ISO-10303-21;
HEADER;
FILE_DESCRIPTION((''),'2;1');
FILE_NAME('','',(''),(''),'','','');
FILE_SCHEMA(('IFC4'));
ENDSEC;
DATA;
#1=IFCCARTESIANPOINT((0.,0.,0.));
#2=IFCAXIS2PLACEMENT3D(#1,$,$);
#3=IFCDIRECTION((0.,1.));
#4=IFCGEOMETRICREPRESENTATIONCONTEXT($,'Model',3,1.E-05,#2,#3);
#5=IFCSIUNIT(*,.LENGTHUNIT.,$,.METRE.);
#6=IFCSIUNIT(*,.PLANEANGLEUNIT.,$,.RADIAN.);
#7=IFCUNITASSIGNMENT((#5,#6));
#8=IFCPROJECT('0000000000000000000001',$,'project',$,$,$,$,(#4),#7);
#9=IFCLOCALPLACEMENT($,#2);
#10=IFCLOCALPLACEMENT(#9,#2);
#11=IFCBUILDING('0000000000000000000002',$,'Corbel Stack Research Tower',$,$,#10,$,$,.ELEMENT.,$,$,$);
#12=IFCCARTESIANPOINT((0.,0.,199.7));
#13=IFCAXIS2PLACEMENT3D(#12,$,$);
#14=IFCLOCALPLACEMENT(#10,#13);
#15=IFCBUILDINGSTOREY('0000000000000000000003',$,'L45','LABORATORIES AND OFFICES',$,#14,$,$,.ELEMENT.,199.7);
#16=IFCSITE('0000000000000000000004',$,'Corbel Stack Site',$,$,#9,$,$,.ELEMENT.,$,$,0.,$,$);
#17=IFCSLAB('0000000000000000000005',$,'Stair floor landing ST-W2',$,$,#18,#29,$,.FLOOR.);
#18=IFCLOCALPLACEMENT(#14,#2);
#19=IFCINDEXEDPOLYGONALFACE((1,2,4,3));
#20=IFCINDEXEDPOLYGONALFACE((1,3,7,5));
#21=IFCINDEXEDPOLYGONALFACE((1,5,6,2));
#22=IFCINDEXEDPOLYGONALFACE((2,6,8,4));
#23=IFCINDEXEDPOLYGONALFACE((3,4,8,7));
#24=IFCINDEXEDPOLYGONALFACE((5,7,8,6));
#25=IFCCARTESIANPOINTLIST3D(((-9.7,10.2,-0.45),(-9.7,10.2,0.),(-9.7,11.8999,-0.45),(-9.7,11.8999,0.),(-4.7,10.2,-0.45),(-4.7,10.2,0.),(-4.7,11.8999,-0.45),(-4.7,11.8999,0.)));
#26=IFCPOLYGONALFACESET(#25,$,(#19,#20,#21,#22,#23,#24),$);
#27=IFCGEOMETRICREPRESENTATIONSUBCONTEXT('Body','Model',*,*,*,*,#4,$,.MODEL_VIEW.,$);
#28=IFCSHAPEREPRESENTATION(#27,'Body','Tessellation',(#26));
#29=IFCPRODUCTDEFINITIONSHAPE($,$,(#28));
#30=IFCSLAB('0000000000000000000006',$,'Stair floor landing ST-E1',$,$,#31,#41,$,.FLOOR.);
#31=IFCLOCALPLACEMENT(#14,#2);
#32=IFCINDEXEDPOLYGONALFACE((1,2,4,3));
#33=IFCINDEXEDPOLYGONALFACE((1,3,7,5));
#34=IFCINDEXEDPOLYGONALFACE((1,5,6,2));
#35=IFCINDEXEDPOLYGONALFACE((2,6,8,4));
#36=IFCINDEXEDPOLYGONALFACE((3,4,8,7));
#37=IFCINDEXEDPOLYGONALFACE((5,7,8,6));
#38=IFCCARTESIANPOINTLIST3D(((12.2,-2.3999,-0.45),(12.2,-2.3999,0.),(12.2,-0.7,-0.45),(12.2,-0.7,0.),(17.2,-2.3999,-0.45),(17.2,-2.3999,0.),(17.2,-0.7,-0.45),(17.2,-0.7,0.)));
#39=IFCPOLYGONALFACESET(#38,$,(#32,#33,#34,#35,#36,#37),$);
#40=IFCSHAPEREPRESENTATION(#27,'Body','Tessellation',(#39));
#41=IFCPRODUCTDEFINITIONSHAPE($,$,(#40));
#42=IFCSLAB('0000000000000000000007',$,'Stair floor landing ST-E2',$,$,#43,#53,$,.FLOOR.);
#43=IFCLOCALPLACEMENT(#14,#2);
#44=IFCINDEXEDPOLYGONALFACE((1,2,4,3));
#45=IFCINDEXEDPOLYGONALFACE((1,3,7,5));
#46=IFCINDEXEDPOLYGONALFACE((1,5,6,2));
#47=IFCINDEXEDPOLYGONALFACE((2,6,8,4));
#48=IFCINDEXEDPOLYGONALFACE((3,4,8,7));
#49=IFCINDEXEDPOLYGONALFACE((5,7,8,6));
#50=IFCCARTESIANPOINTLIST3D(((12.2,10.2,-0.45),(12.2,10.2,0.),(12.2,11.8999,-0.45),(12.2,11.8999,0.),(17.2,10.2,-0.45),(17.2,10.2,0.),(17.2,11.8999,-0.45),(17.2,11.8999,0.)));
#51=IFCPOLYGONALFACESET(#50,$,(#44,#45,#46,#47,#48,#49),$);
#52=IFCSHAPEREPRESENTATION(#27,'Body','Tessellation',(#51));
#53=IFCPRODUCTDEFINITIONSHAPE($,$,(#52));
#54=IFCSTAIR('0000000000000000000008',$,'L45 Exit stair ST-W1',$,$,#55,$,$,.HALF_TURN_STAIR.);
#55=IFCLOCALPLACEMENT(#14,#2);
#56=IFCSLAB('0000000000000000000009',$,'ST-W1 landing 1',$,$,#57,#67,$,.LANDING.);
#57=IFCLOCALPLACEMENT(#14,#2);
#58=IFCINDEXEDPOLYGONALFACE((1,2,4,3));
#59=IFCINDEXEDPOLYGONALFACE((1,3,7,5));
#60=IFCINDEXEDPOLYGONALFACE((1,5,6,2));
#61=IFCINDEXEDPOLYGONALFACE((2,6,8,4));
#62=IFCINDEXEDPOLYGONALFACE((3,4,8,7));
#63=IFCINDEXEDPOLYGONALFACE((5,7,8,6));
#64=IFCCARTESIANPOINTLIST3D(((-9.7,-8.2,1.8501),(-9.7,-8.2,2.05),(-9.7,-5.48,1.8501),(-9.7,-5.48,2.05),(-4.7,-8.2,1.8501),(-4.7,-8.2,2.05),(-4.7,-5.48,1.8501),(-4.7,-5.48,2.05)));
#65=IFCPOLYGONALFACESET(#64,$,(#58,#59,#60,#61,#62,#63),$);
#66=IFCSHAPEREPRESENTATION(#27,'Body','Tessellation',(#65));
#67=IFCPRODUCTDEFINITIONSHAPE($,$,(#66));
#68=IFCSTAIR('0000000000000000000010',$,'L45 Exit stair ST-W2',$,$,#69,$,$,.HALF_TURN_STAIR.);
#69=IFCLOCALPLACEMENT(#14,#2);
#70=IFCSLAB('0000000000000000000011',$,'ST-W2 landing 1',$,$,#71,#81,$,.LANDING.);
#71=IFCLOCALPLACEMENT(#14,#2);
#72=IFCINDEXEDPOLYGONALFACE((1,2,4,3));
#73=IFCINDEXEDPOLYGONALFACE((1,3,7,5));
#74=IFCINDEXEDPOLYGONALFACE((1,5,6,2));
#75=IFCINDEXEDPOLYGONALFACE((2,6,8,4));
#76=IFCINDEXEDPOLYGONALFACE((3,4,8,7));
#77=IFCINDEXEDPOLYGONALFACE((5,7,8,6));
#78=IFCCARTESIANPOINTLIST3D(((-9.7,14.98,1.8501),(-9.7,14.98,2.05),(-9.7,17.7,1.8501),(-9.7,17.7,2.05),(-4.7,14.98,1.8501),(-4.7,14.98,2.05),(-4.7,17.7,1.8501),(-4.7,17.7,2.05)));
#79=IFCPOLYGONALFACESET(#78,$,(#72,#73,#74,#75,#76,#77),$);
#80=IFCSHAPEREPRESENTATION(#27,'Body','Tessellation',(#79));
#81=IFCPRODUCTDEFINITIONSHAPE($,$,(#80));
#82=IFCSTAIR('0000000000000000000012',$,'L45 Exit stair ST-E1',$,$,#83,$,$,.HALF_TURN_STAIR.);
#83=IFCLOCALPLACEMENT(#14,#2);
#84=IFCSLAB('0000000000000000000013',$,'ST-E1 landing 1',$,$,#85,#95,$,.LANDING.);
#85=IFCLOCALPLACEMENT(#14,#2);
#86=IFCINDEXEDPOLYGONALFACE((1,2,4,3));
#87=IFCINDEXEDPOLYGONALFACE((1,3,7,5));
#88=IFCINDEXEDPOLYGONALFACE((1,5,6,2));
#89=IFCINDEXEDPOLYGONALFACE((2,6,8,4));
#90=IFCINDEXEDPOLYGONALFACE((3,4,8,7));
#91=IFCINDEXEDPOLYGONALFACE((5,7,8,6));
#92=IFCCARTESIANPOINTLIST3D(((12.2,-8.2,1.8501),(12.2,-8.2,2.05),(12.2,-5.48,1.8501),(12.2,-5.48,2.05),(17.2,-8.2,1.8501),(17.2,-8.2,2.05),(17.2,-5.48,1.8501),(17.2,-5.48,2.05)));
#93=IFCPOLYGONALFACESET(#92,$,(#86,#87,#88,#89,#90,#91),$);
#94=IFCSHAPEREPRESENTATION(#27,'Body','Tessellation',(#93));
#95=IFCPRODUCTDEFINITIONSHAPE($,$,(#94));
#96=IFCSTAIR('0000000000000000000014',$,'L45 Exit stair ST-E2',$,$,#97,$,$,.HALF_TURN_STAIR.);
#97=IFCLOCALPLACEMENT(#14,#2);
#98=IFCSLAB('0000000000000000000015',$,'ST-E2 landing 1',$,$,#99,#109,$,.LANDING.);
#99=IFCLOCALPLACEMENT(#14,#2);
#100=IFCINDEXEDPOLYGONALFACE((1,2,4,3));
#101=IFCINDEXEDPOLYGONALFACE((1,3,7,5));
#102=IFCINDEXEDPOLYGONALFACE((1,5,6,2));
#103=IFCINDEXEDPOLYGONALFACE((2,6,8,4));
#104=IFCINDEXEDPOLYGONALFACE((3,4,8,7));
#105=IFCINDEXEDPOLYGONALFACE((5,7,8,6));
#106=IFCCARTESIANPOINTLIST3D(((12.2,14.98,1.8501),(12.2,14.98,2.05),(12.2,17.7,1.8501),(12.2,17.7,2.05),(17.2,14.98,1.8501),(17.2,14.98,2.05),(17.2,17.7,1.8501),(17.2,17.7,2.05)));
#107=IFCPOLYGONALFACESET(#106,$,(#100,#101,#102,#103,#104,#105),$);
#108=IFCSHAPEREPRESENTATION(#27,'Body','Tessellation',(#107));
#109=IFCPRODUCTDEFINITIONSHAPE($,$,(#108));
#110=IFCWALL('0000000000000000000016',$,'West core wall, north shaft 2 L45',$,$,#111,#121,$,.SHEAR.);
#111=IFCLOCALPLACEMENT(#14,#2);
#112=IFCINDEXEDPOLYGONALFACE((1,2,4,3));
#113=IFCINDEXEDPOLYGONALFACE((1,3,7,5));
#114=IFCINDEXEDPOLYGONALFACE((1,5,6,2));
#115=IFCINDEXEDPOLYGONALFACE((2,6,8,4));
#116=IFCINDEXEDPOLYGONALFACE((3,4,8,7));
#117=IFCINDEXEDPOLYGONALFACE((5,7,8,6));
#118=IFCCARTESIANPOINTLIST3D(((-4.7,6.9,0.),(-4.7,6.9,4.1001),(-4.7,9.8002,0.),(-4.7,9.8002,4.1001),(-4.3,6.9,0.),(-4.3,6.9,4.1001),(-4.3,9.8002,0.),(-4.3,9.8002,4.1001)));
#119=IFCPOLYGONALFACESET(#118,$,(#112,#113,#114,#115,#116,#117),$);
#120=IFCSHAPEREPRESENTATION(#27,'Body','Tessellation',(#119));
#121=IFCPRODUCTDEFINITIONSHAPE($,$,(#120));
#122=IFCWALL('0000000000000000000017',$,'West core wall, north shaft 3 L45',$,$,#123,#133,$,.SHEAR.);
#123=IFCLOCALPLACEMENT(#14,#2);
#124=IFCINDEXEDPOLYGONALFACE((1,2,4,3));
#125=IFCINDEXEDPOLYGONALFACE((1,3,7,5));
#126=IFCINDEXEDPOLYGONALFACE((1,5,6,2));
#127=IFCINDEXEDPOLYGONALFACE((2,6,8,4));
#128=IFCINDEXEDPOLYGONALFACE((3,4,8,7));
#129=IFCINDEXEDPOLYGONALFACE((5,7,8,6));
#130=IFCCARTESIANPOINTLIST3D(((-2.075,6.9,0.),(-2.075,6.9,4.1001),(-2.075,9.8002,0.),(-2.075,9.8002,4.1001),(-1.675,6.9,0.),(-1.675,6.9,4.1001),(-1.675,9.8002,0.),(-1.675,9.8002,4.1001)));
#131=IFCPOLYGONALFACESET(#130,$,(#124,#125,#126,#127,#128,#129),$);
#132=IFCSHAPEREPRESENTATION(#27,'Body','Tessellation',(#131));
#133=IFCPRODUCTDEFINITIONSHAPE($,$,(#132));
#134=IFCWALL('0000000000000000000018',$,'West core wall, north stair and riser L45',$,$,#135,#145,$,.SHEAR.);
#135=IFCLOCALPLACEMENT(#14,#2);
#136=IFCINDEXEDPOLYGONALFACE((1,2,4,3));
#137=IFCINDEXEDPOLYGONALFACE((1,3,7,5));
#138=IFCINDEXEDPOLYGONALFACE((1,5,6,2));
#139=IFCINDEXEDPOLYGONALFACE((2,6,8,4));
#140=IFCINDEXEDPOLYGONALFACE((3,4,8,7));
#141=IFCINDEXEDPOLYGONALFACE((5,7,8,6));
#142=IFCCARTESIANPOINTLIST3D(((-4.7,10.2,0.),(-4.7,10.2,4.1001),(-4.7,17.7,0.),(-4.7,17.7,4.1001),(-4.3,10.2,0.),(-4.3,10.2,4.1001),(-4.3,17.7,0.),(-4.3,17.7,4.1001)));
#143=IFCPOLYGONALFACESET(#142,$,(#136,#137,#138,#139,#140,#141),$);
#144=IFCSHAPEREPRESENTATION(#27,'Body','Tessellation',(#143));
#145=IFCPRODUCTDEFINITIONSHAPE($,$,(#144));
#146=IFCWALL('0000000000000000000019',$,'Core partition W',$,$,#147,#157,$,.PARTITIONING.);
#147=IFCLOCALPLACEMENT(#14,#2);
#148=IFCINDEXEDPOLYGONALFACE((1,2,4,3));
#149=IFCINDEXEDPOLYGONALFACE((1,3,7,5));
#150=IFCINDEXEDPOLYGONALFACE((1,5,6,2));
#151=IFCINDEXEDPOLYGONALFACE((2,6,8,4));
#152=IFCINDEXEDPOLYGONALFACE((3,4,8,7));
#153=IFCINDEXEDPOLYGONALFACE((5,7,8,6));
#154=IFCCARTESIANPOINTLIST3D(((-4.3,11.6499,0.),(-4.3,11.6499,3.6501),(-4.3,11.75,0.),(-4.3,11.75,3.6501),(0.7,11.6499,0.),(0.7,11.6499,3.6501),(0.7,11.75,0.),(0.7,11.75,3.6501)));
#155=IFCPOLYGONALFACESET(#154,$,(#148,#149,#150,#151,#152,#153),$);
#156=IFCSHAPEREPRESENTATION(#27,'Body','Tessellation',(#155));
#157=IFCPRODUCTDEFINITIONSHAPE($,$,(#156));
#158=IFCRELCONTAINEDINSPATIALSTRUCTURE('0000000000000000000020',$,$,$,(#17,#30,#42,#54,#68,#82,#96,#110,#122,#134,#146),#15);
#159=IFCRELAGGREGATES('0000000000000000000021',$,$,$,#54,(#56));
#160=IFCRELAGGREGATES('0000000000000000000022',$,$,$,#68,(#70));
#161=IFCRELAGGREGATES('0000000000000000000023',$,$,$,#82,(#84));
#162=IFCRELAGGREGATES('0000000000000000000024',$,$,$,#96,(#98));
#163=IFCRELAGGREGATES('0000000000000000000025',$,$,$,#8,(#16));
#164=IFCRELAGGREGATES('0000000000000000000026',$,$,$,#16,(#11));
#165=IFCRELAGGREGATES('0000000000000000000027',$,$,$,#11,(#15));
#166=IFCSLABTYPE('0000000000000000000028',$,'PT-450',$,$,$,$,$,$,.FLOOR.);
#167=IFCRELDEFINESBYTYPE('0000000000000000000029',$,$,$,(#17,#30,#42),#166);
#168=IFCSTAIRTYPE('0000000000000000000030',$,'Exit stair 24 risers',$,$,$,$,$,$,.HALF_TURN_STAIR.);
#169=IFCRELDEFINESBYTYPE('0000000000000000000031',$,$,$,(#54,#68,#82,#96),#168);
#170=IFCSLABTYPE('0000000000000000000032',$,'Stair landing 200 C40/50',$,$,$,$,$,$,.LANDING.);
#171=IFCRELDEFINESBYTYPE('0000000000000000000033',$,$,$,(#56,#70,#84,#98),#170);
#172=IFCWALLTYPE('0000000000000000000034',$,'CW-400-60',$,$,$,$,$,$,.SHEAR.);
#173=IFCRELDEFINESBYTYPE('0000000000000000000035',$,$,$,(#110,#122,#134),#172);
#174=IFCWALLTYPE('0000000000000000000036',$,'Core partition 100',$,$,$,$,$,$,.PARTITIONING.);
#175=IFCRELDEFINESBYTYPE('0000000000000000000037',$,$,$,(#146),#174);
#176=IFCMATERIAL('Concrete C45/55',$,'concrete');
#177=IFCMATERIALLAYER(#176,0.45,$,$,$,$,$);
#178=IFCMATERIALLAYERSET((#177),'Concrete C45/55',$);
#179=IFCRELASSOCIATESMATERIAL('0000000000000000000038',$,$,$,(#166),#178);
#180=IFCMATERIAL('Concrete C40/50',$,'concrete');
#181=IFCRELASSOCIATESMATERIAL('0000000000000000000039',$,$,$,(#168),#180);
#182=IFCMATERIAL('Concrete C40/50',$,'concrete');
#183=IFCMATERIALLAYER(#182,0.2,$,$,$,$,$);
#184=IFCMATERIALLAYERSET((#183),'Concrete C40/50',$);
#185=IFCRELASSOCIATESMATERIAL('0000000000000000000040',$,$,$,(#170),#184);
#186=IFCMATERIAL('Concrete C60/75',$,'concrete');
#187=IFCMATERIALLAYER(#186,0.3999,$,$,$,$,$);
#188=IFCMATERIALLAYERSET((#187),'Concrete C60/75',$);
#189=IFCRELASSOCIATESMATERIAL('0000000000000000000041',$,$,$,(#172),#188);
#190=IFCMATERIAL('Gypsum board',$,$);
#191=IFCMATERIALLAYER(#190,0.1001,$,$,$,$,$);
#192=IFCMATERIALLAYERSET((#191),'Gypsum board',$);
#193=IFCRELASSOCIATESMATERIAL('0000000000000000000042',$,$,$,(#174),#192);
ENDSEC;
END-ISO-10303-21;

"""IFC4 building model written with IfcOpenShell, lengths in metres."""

from ifc_helpers import new_model, si_unit, direction, frame, frame_2d, origin, place, context, subcontext, project, spatial, polyline, rectangle, outline, extrude, material, layer, layer_set, type_object, element, aggregate, save


model = new_model("IFC4")

# Units and contexts
model_context = context("Model", 3, precision=1e-05, world=origin(), true_north=direction((0.0, 1.0)))
body_context = subcontext(model_context, "Body", "Model", "MODEL_VIEW")
ifc_project = project(units=[si_unit("LENGTHUNIT", "METRE"), si_unit("PLANEANGLEUNIT", "RADIAN")], contexts=[model_context])

# Site, building, storey
site_placement = place(None, origin())
site = spatial("IfcSite", under=ifc_project, at=site_placement, Name="Corbel Stack Site", CompositionType="ELEMENT", RefElevation=0.0)
building_placement = place(site_placement, origin())
building = spatial("IfcBuilding", under=site, at=building_placement, Name="Corbel Stack Research Tower", CompositionType="ELEMENT")
storey_placement = place(building_placement, frame((0.0, 0.0, 199.7)))
storey = spatial("IfcBuildingStorey", under=building, at=storey_placement, Name="L45", Description="LABORATORIES AND OFFICES", CompositionType="ELEMENT", Elevation=199.7)

# Slabs
ifc_material_1 = material(Name="Concrete C45/55", Category="concrete")
ifc_layer_1 = layer(ifc_material_1, 0.45)
ifc_layer_set_1 = layer_set([ifc_layer_1], Name="Concrete C45/55")
slab_type_1 = type_object("IfcSlabType", Name="PT-450", PredefinedType="FLOOR", material=ifc_layer_set_1)
slab_1_placement = place(storey_placement, frame((0.0, 0.0, -0.45)))
element("IfcSlab", 1, at=slab_1_placement, inside=storey, type_object=slab_type_1, Name="Stair floor landing ST-W2", PredefinedType="FLOOR", context=body_context, shape_type="SweptSolid", body=[
    extrude(outline(polyline([(-9.7, 10.2), (-4.7, 10.2), (-4.7, 11.8999), (-9.7, 11.8999), (-9.7, 10.2)])), origin(), (0.0, 0.0, 1.0), 0.45),
])
slab_2_placement = place(storey_placement, frame((0.0, 0.0, -0.45)))
element("IfcSlab", 2, at=slab_2_placement, inside=storey, type_object=slab_type_1, Name="Stair floor landing ST-E1", PredefinedType="FLOOR", context=body_context, shape_type="SweptSolid", body=[
    extrude(outline(polyline([(12.2, -2.3999), (17.2, -2.3999), (17.2, -0.7), (12.2, -0.7), (12.2, -2.3999)])), origin(), (0.0, 0.0, 1.0), 0.45),
])
slab_3_placement = place(storey_placement, frame((0.0, 0.0, -0.45)))
element("IfcSlab", 3, at=slab_3_placement, inside=storey, type_object=slab_type_1, Name="Stair floor landing ST-E2", PredefinedType="FLOOR", context=body_context, shape_type="SweptSolid", body=[
    extrude(outline(polyline([(12.2, 10.2), (17.2, 10.2), (17.2, 11.8999), (12.2, 11.8999), (12.2, 10.2)])), origin(), (0.0, 0.0, 1.0), 0.45),
])

# Stairs, slabs
ifc_material_2 = material(Name="Concrete C40/50", Category="concrete")
stair_type = type_object("IfcStairType", Name="Exit stair 24 risers", PredefinedType="HALF_TURN_STAIR", material=ifc_material_2)
stair_1_placement = place(storey_placement, origin())
stair_1 = element("IfcStair", 4, at=stair_1_placement, inside=storey, type_object=stair_type, Name="L45 Exit stair ST-W1", PredefinedType="HALF_TURN_STAIR")
ifc_material_3 = material(Name="Concrete C40/50", Category="concrete")
ifc_layer_2 = layer(ifc_material_3, 0.2)
ifc_layer_set_2 = layer_set([ifc_layer_2], Name="Concrete C40/50")
slab_type_2 = type_object("IfcSlabType", Name="Stair landing 200 C40/50", PredefinedType="LANDING", material=ifc_layer_set_2)
slab_4_placement = place(storey_placement, frame((0.0, 0.0, 1.8501)))
slab_4 = element("IfcSlab", 5, at=slab_4_placement, type_object=slab_type_2, Name="ST-W1 landing 1", PredefinedType="LANDING", context=body_context, shape_type="SweptSolid", body=[
    extrude(outline(polyline([(-9.7, -8.2), (-9.7, -5.48), (-4.7, -5.48), (-4.7, -8.2), (-9.7, -8.2)])), origin(), (0.0, 0.0, 1.0), 0.2),
])
aggregate(stair_1, [slab_4])
stair_2_placement = place(storey_placement, origin())
stair_2 = element("IfcStair", 6, at=stair_2_placement, inside=storey, type_object=stair_type, Name="L45 Exit stair ST-W2", PredefinedType="HALF_TURN_STAIR")
slab_5_placement = place(storey_placement, frame((0.0, 0.0, 1.8501)))
slab_5 = element("IfcSlab", 7, at=slab_5_placement, type_object=slab_type_2, Name="ST-W2 landing 1", PredefinedType="LANDING", context=body_context, shape_type="SweptSolid", body=[
    extrude(outline(polyline([(-9.7, 14.98), (-9.7, 17.7), (-4.7, 17.7), (-4.7, 14.98), (-9.7, 14.98)])), origin(), (0.0, 0.0, 1.0), 0.2),
])
aggregate(stair_2, [slab_5])
stair_3_placement = place(storey_placement, origin())
stair_3 = element("IfcStair", 8, at=stair_3_placement, inside=storey, type_object=stair_type, Name="L45 Exit stair ST-E1", PredefinedType="HALF_TURN_STAIR")
slab_6_placement = place(storey_placement, frame((0.0, 0.0, 1.8501)))
slab_6 = element("IfcSlab", 9, at=slab_6_placement, type_object=slab_type_2, Name="ST-E1 landing 1", PredefinedType="LANDING", context=body_context, shape_type="SweptSolid", body=[
    extrude(outline(polyline([(12.2, -8.2), (12.2, -5.48), (17.2, -5.48), (17.2, -8.2), (12.2, -8.2)])), origin(), (0.0, 0.0, 1.0), 0.2),
])
aggregate(stair_3, [slab_6])
stair_4_placement = place(storey_placement, origin())
stair_4 = element("IfcStair", 10, at=stair_4_placement, inside=storey, type_object=stair_type, Name="L45 Exit stair ST-E2", PredefinedType="HALF_TURN_STAIR")
slab_7_placement = place(storey_placement, frame((0.0, 0.0, 1.8501)))
slab_7 = element("IfcSlab", 11, at=slab_7_placement, type_object=slab_type_2, Name="ST-E2 landing 1", PredefinedType="LANDING", context=body_context, shape_type="SweptSolid", body=[
    extrude(outline(polyline([(12.2, 14.98), (12.2, 17.7), (17.2, 17.7), (17.2, 14.98), (12.2, 14.98)])), origin(), (0.0, 0.0, 1.0), 0.2),
])
aggregate(stair_4, [slab_7])

# Walls
ifc_material_4 = material(Name="Concrete C60/75", Category="concrete")
ifc_layer_3 = layer(ifc_material_4, 0.3999)
ifc_layer_set_3 = layer_set([ifc_layer_3], Name="Concrete C60/75")
wall_type_1 = type_object("IfcWallType", Name="CW-400-60", PredefinedType="SHEAR", material=ifc_layer_set_3)
for number, where, z_axis, x_axis, name in (
    (12, (-4.5, 6.8999, 0.0), (0.0, 0.0, 1.0), (0.0, 1.0, 0.0), "West core wall, north shaft 2 L45"),
    (13, (-1.875, 6.8999, 0.0), (0.0, 0.0, 1.0), (0.0, 1.0, 0.0), "West core wall, north shaft 3 L45"),
):
    element("IfcWall", number, at=place(storey_placement, frame(where, z_axis=z_axis, x_axis=x_axis)), inside=storey, type_object=wall_type_1, Name=name, PredefinedType="SHEAR", context=body_context, shape_type="SweptSolid", body=[
        extrude(rectangle(XDim=2.9001, YDim=0.3999, at=frame_2d((1.4502, 0.0))), origin(), (0.0, 0.0, 1.0), 4.1001),
    ])
wall_1_placement = place(storey_placement, frame((-4.5, 10.2, 0.0), z_axis=(0.0, 0.0, 1.0), x_axis=(0.0, 1.0, 0.0)))
element("IfcWall", 14, at=wall_1_placement, inside=storey, type_object=wall_type_1, Name="West core wall, north stair and riser L45", PredefinedType="SHEAR", context=body_context, shape_type="SweptSolid", body=[
    extrude(rectangle(XDim=7.5, YDim=0.3999, at=frame_2d((3.75, 0.0))), origin(), (0.0, 0.0, 1.0), 4.1001),
])
ifc_material_5 = material(Name="Gypsum board")
ifc_layer_4 = layer(ifc_material_5, 0.1001)
ifc_layer_set_4 = layer_set([ifc_layer_4], Name="Gypsum board")
wall_type_2 = type_object("IfcWallType", Name="Core partition 100", PredefinedType="PARTITIONING", material=ifc_layer_set_4)
wall_2_placement = place(storey_placement, frame((-4.3, 11.7, 0.0), z_axis=(0.0, 0.0, 1.0), x_axis=(1.0, 0.0, 0.0)))
element("IfcWall", 15, at=wall_2_placement, inside=storey, type_object=wall_type_2, Name="Core partition W", PredefinedType="PARTITIONING", context=body_context, shape_type="SweptSolid", body=[
    extrude(rectangle(XDim=5.0, YDim=0.1001, at=frame_2d((2.5, 0.0))), origin(), (0.0, 0.0, 1.0), 3.6501),
])

save(model, "model.ifc")
